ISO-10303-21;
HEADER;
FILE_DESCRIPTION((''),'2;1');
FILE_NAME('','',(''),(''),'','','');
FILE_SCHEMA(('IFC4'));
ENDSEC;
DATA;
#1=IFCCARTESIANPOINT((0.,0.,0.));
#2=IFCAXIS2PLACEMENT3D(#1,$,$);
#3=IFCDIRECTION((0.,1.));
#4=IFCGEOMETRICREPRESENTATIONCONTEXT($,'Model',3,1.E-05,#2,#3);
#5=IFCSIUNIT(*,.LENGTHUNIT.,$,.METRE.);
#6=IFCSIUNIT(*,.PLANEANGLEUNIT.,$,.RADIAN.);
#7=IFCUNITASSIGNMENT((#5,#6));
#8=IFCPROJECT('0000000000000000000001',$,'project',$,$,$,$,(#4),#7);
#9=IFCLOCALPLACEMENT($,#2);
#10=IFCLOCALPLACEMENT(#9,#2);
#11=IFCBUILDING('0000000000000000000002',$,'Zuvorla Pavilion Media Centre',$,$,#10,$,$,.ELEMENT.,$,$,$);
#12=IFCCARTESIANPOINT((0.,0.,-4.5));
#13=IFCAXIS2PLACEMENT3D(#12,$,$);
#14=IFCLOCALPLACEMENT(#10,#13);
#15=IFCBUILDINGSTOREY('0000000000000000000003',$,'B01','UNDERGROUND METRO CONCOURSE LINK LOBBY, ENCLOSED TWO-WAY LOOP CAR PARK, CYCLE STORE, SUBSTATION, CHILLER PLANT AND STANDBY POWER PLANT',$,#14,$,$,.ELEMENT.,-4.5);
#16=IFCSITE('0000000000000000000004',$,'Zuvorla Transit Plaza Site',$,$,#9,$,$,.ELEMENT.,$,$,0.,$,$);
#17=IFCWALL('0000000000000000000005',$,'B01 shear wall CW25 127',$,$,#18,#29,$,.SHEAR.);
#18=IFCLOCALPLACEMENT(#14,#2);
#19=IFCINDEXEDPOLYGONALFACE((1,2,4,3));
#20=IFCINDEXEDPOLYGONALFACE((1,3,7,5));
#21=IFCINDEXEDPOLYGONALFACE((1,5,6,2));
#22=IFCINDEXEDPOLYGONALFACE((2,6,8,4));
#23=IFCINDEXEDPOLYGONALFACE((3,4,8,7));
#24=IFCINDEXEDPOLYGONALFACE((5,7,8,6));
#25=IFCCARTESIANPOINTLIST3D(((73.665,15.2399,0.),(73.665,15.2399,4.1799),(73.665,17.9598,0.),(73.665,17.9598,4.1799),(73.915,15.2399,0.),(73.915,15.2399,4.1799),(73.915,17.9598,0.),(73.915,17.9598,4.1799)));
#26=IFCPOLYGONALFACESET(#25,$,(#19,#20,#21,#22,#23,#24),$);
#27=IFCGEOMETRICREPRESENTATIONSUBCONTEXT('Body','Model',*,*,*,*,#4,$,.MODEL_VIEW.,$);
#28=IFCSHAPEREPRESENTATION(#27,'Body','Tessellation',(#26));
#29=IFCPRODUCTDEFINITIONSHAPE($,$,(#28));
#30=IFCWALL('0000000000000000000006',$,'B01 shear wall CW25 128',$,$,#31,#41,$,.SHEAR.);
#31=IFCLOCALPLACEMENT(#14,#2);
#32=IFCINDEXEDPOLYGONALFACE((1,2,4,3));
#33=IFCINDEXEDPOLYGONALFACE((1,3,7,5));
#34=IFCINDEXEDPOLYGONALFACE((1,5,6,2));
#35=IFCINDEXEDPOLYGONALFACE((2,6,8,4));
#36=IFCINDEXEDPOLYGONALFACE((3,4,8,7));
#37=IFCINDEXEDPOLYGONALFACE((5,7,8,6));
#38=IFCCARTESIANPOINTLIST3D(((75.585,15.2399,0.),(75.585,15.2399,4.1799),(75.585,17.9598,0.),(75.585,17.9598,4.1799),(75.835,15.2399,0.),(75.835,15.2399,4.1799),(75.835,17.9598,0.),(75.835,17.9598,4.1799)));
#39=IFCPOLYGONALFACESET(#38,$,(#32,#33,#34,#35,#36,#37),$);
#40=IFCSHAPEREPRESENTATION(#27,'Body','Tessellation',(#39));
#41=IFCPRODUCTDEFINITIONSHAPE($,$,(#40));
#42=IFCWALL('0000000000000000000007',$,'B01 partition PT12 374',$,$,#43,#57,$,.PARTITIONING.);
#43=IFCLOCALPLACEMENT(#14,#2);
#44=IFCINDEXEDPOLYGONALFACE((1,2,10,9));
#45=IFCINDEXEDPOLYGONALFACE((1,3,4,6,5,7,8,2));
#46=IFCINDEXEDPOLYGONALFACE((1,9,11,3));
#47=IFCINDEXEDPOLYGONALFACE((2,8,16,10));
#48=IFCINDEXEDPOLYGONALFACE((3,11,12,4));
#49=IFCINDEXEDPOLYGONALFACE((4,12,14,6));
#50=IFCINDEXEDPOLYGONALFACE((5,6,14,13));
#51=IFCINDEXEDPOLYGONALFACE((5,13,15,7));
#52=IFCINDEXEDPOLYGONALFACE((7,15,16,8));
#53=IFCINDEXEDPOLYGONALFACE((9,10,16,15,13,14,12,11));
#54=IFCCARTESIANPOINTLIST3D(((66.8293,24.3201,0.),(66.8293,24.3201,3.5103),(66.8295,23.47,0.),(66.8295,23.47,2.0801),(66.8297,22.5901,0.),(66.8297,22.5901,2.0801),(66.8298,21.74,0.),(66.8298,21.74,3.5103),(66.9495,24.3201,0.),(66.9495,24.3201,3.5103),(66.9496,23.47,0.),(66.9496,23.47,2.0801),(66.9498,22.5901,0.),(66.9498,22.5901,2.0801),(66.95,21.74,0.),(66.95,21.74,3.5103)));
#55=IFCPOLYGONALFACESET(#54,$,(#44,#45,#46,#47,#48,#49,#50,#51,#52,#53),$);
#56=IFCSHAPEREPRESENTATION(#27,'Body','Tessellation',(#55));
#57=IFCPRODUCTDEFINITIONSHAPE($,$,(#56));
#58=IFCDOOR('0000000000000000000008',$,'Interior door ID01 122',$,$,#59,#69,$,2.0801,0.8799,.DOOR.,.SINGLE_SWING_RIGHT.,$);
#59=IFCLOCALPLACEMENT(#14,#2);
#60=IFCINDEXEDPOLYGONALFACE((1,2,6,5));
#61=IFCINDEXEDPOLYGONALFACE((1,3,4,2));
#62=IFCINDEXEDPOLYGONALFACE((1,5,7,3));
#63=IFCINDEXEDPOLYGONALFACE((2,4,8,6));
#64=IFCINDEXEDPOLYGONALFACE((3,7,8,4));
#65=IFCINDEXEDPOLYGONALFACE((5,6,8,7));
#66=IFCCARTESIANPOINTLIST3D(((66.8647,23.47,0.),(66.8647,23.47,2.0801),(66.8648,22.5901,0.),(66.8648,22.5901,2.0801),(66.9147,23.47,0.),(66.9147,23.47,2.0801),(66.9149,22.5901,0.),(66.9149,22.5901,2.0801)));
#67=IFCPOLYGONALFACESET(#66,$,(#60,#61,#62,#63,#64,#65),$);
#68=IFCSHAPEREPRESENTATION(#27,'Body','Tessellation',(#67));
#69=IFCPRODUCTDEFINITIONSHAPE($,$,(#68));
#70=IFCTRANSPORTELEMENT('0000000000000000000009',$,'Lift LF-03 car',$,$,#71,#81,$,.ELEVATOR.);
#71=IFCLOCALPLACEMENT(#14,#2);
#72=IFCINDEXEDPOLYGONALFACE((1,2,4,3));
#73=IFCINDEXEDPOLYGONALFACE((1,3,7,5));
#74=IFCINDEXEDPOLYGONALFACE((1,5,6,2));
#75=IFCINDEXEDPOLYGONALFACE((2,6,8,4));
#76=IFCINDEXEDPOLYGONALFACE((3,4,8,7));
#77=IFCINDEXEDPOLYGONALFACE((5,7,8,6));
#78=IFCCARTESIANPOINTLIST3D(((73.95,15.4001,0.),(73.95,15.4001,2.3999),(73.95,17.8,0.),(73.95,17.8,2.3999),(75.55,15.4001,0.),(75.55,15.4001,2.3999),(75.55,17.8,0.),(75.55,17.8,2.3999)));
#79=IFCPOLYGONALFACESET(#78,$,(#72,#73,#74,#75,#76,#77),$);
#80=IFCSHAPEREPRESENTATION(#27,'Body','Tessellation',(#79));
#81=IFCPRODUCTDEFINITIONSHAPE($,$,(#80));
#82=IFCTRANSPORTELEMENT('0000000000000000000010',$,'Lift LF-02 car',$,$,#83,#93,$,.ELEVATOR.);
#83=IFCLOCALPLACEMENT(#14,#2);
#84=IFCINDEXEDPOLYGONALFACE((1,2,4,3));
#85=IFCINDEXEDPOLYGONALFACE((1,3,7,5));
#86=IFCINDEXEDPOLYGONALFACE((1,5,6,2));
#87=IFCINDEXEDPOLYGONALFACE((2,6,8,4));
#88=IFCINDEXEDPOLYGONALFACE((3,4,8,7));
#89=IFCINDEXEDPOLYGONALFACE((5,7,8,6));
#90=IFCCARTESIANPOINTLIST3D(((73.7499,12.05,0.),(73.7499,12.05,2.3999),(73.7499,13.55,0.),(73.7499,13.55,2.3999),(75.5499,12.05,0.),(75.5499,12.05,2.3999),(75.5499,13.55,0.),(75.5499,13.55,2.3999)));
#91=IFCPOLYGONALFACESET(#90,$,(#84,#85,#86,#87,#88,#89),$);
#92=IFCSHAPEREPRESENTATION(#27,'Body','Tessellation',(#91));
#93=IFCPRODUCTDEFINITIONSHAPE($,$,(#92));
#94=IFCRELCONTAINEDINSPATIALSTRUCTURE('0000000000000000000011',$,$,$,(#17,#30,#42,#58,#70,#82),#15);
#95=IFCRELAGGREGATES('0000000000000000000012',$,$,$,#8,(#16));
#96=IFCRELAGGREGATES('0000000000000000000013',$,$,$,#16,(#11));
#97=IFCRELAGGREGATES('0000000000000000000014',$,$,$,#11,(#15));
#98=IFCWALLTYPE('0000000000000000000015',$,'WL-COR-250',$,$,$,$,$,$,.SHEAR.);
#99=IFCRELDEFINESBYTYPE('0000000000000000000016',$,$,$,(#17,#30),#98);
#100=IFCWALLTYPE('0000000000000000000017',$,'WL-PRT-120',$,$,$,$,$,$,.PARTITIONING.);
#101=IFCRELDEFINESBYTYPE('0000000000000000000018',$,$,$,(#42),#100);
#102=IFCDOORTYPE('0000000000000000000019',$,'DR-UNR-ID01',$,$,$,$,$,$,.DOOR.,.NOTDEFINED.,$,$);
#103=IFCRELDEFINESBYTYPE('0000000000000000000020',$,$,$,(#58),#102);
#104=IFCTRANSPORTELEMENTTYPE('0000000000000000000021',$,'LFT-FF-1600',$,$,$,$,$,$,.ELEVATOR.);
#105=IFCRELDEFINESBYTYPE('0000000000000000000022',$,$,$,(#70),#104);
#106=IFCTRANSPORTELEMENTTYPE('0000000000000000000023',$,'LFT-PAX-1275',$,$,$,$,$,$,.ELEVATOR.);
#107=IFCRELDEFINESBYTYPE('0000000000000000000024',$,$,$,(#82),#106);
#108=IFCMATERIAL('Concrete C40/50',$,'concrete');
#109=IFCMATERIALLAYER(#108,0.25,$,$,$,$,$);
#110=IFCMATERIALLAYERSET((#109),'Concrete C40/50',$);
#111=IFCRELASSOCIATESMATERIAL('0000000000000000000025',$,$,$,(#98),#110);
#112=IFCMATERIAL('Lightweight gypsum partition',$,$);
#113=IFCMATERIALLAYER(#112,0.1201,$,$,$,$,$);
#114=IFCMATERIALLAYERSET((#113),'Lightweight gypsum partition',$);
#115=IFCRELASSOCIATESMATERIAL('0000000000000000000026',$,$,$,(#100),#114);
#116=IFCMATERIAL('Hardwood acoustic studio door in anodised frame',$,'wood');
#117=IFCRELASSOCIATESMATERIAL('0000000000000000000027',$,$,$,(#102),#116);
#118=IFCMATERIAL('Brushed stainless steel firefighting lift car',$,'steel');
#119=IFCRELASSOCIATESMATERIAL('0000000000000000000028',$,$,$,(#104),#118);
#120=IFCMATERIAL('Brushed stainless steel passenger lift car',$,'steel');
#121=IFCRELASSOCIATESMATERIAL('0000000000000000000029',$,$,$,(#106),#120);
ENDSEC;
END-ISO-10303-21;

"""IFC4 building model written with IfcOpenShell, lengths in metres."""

from ifc_helpers import new_model, si_unit, direction, frame, frame_2d, origin, origin_2d, place, context, subcontext, project, spatial, rectangle, extrude, material, layer, layer_set, type_object, element, fill, save


model = new_model("IFC4")

# Units and contexts
model_context = context("Model", 3, precision=1e-05, world=origin(), true_north=direction((0.0, 1.0)))
body_context = subcontext(model_context, "Body", "Model", "MODEL_VIEW")
ifc_project = project(units=[si_unit("LENGTHUNIT", "METRE"), si_unit("PLANEANGLEUNIT", "RADIAN")], contexts=[model_context])

# Site, building, storey
site_placement = place(None, origin())
site = spatial("IfcSite", under=ifc_project, at=site_placement, Name="Zuvorla Transit Plaza Site", CompositionType="ELEMENT", RefElevation=0.0)
building_placement = place(site_placement, origin())
building = spatial("IfcBuilding", under=site, at=building_placement, Name="Zuvorla Pavilion Media Centre", CompositionType="ELEMENT")
storey_placement = place(building_placement, frame((0.0, 0.0, -4.5)))
storey = spatial("IfcBuildingStorey", under=building, at=storey_placement, Name="B01", Description="UNDERGROUND METRO CONCOURSE LINK LOBBY, ENCLOSED TWO-WAY LOOP CAR PARK, CYCLE STORE, SUBSTATION, CHILLER PLANT AND STANDBY POWER PLANT", CompositionType="ELEMENT", Elevation=-4.5)

# Shared definitions
ifc_material_1 = material(Name="Concrete C40/50", Category="concrete")

# Shared definitions
ifc_layer_1 = layer(ifc_material_1, 0.25)
ifc_layer_set_1 = layer_set([ifc_layer_1], Name="Concrete C40/50")
wall_type_1 = type_object("IfcWallType", Name="WL-COR-250", PredefinedType="SHEAR", material=ifc_layer_set_1)

# Walls
for number, where, z_axis, x_axis, name in (
    (1, (73.79, 15.24, 0.0), (0.0, 0.0, 1.0), (0.0, 1.0, 0.0), "B01 shear wall CW25 127"),
    (2, (75.71, 15.24, 0.0), (0.0, 0.0, 1.0), (0.0, 1.0, 0.0), "B01 shear wall CW25 128"),
):
    element("IfcWall", number, at=place(storey_placement, frame(where, z_axis=z_axis, x_axis=x_axis)), inside=storey, type_object=wall_type_1, Name=name, PredefinedType="SHEAR", context=body_context, shape_type="SweptSolid", body=[
        extrude(rectangle(XDim=2.72, YDim=0.25, at=frame_2d((1.3599, 0.0))), origin(), (0.0, 0.0, 1.0), 4.1799),
    ])

# Wall, opening, door
ifc_material_2 = material(Name="Lightweight gypsum partition")
ifc_layer_2 = layer(ifc_material_2, 0.1201)
ifc_layer_set_2 = layer_set([ifc_layer_2], Name="Lightweight gypsum partition")
wall_type_2 = type_object("IfcWallType", Name="WL-PRT-120", PredefinedType="PARTITIONING", material=ifc_layer_set_2)
wall_1_placement = place(storey_placement, frame((66.8899, 21.74, 0.0), z_axis=(0.0, 0.0, 1.0), x_axis=(-0.000189, 1.0, 0.0)))
wall_1 = element("IfcWall", 3, at=wall_1_placement, inside=storey, type_object=wall_type_2, Name="B01 partition PT12 374", PredefinedType="PARTITIONING", context=body_context, shape_type="SweptSolid", body=[
    extrude(rectangle(XDim=2.5801, YDim=0.1201, at=frame_2d((1.29, 0.0))), origin(), (0.0, 0.0, 1.0), 3.5103),
])
opening_1_placement = place(wall_1_placement, frame((0.8501, 0.0, 0.0)))
opening_1 = element("IfcOpeningElement", 4, at=opening_1_placement, cuts=wall_1, PredefinedType="OPENING", context=body_context, shape_type="SweptSolid", body=[
    extrude(rectangle(XDim=0.8799, YDim=2.0801, at=frame_2d((0.4399, 1.04))), frame((0.0, 0.0701, 0.0), z_axis=(0.0, -1.0, 0.0), x_axis=(1.0, 0.0, 0.0)), (0.0, 0.0, 1.0), 0.1401),
])
ifc_material_3 = material(Name="Hardwood acoustic studio door in anodised frame", Category="wood")
door_type_1 = type_object("IfcDoorType", Name="DR-UNR-ID01", OperationType="NOTDEFINED", PredefinedType="DOOR", material=ifc_material_3)
door_1_placement = place(opening_1_placement, origin())
door_1 = element("IfcDoor", 5, at=door_1_placement, inside=storey, type_object=door_type_1, Name="Interior door ID01 122", OperationType="SINGLE_SWING_RIGHT", OverallHeight=2.0801, OverallWidth=0.8799, PredefinedType="DOOR", context=body_context, shape_type="SweptSolid", body=[
    extrude(rectangle(XDim=0.8799, YDim=2.0801, at=frame_2d((0.4399, 1.04))), frame((0.0, 0.0249, 0.0), z_axis=(0.0, -1.0, 0.0), x_axis=(1.0, 0.0, 0.0)), (0.0, 0.0, 1.0), 0.05),
])
fill(opening_1, door_1)

# Transport elements
ifc_material_4 = material(Name="Brushed stainless steel firefighting lift car", Category="steel")
transport_element_type_1 = type_object("IfcTransportElementType", Name="LFT-FF-1600", PredefinedType="ELEVATOR", material=ifc_material_4)
transport_element_1_placement = place(storey_placement, frame((74.75, 16.6001, 0.0), z_axis=(0.0, 0.0, 1.0), x_axis=(1.0, 0.0, 0.0)))
element("IfcTransportElement", 6, at=transport_element_1_placement, inside=storey, type_object=transport_element_type_1, Name="Lift LF-03 car", PredefinedType="ELEVATOR", context=body_context, shape_type="SweptSolid", body=[
    extrude(rectangle(XDim=1.6001, YDim=2.3999, at=origin_2d()), origin(), (0.0, 0.0, 1.0), 2.3999),
])
ifc_material_5 = material(Name="Brushed stainless steel passenger lift car", Category="steel")
transport_element_type_2 = type_object("IfcTransportElementType", Name="LFT-PAX-1275", PredefinedType="ELEVATOR", material=ifc_material_5)
transport_element_2_placement = place(storey_placement, frame((74.6499, 12.8, 0.0), z_axis=(0.0, 0.0, 1.0), x_axis=(1.0, 0.0, 0.0)))
element("IfcTransportElement", 7, at=transport_element_2_placement, inside=storey, type_object=transport_element_type_2, Name="Lift LF-02 car", PredefinedType="ELEVATOR", context=body_context, shape_type="SweptSolid", body=[
    extrude(rectangle(XDim=1.8, YDim=1.5, at=origin_2d()), origin(), (0.0, 0.0, 1.0), 2.3999),
])

save(model, "model.ifc")
